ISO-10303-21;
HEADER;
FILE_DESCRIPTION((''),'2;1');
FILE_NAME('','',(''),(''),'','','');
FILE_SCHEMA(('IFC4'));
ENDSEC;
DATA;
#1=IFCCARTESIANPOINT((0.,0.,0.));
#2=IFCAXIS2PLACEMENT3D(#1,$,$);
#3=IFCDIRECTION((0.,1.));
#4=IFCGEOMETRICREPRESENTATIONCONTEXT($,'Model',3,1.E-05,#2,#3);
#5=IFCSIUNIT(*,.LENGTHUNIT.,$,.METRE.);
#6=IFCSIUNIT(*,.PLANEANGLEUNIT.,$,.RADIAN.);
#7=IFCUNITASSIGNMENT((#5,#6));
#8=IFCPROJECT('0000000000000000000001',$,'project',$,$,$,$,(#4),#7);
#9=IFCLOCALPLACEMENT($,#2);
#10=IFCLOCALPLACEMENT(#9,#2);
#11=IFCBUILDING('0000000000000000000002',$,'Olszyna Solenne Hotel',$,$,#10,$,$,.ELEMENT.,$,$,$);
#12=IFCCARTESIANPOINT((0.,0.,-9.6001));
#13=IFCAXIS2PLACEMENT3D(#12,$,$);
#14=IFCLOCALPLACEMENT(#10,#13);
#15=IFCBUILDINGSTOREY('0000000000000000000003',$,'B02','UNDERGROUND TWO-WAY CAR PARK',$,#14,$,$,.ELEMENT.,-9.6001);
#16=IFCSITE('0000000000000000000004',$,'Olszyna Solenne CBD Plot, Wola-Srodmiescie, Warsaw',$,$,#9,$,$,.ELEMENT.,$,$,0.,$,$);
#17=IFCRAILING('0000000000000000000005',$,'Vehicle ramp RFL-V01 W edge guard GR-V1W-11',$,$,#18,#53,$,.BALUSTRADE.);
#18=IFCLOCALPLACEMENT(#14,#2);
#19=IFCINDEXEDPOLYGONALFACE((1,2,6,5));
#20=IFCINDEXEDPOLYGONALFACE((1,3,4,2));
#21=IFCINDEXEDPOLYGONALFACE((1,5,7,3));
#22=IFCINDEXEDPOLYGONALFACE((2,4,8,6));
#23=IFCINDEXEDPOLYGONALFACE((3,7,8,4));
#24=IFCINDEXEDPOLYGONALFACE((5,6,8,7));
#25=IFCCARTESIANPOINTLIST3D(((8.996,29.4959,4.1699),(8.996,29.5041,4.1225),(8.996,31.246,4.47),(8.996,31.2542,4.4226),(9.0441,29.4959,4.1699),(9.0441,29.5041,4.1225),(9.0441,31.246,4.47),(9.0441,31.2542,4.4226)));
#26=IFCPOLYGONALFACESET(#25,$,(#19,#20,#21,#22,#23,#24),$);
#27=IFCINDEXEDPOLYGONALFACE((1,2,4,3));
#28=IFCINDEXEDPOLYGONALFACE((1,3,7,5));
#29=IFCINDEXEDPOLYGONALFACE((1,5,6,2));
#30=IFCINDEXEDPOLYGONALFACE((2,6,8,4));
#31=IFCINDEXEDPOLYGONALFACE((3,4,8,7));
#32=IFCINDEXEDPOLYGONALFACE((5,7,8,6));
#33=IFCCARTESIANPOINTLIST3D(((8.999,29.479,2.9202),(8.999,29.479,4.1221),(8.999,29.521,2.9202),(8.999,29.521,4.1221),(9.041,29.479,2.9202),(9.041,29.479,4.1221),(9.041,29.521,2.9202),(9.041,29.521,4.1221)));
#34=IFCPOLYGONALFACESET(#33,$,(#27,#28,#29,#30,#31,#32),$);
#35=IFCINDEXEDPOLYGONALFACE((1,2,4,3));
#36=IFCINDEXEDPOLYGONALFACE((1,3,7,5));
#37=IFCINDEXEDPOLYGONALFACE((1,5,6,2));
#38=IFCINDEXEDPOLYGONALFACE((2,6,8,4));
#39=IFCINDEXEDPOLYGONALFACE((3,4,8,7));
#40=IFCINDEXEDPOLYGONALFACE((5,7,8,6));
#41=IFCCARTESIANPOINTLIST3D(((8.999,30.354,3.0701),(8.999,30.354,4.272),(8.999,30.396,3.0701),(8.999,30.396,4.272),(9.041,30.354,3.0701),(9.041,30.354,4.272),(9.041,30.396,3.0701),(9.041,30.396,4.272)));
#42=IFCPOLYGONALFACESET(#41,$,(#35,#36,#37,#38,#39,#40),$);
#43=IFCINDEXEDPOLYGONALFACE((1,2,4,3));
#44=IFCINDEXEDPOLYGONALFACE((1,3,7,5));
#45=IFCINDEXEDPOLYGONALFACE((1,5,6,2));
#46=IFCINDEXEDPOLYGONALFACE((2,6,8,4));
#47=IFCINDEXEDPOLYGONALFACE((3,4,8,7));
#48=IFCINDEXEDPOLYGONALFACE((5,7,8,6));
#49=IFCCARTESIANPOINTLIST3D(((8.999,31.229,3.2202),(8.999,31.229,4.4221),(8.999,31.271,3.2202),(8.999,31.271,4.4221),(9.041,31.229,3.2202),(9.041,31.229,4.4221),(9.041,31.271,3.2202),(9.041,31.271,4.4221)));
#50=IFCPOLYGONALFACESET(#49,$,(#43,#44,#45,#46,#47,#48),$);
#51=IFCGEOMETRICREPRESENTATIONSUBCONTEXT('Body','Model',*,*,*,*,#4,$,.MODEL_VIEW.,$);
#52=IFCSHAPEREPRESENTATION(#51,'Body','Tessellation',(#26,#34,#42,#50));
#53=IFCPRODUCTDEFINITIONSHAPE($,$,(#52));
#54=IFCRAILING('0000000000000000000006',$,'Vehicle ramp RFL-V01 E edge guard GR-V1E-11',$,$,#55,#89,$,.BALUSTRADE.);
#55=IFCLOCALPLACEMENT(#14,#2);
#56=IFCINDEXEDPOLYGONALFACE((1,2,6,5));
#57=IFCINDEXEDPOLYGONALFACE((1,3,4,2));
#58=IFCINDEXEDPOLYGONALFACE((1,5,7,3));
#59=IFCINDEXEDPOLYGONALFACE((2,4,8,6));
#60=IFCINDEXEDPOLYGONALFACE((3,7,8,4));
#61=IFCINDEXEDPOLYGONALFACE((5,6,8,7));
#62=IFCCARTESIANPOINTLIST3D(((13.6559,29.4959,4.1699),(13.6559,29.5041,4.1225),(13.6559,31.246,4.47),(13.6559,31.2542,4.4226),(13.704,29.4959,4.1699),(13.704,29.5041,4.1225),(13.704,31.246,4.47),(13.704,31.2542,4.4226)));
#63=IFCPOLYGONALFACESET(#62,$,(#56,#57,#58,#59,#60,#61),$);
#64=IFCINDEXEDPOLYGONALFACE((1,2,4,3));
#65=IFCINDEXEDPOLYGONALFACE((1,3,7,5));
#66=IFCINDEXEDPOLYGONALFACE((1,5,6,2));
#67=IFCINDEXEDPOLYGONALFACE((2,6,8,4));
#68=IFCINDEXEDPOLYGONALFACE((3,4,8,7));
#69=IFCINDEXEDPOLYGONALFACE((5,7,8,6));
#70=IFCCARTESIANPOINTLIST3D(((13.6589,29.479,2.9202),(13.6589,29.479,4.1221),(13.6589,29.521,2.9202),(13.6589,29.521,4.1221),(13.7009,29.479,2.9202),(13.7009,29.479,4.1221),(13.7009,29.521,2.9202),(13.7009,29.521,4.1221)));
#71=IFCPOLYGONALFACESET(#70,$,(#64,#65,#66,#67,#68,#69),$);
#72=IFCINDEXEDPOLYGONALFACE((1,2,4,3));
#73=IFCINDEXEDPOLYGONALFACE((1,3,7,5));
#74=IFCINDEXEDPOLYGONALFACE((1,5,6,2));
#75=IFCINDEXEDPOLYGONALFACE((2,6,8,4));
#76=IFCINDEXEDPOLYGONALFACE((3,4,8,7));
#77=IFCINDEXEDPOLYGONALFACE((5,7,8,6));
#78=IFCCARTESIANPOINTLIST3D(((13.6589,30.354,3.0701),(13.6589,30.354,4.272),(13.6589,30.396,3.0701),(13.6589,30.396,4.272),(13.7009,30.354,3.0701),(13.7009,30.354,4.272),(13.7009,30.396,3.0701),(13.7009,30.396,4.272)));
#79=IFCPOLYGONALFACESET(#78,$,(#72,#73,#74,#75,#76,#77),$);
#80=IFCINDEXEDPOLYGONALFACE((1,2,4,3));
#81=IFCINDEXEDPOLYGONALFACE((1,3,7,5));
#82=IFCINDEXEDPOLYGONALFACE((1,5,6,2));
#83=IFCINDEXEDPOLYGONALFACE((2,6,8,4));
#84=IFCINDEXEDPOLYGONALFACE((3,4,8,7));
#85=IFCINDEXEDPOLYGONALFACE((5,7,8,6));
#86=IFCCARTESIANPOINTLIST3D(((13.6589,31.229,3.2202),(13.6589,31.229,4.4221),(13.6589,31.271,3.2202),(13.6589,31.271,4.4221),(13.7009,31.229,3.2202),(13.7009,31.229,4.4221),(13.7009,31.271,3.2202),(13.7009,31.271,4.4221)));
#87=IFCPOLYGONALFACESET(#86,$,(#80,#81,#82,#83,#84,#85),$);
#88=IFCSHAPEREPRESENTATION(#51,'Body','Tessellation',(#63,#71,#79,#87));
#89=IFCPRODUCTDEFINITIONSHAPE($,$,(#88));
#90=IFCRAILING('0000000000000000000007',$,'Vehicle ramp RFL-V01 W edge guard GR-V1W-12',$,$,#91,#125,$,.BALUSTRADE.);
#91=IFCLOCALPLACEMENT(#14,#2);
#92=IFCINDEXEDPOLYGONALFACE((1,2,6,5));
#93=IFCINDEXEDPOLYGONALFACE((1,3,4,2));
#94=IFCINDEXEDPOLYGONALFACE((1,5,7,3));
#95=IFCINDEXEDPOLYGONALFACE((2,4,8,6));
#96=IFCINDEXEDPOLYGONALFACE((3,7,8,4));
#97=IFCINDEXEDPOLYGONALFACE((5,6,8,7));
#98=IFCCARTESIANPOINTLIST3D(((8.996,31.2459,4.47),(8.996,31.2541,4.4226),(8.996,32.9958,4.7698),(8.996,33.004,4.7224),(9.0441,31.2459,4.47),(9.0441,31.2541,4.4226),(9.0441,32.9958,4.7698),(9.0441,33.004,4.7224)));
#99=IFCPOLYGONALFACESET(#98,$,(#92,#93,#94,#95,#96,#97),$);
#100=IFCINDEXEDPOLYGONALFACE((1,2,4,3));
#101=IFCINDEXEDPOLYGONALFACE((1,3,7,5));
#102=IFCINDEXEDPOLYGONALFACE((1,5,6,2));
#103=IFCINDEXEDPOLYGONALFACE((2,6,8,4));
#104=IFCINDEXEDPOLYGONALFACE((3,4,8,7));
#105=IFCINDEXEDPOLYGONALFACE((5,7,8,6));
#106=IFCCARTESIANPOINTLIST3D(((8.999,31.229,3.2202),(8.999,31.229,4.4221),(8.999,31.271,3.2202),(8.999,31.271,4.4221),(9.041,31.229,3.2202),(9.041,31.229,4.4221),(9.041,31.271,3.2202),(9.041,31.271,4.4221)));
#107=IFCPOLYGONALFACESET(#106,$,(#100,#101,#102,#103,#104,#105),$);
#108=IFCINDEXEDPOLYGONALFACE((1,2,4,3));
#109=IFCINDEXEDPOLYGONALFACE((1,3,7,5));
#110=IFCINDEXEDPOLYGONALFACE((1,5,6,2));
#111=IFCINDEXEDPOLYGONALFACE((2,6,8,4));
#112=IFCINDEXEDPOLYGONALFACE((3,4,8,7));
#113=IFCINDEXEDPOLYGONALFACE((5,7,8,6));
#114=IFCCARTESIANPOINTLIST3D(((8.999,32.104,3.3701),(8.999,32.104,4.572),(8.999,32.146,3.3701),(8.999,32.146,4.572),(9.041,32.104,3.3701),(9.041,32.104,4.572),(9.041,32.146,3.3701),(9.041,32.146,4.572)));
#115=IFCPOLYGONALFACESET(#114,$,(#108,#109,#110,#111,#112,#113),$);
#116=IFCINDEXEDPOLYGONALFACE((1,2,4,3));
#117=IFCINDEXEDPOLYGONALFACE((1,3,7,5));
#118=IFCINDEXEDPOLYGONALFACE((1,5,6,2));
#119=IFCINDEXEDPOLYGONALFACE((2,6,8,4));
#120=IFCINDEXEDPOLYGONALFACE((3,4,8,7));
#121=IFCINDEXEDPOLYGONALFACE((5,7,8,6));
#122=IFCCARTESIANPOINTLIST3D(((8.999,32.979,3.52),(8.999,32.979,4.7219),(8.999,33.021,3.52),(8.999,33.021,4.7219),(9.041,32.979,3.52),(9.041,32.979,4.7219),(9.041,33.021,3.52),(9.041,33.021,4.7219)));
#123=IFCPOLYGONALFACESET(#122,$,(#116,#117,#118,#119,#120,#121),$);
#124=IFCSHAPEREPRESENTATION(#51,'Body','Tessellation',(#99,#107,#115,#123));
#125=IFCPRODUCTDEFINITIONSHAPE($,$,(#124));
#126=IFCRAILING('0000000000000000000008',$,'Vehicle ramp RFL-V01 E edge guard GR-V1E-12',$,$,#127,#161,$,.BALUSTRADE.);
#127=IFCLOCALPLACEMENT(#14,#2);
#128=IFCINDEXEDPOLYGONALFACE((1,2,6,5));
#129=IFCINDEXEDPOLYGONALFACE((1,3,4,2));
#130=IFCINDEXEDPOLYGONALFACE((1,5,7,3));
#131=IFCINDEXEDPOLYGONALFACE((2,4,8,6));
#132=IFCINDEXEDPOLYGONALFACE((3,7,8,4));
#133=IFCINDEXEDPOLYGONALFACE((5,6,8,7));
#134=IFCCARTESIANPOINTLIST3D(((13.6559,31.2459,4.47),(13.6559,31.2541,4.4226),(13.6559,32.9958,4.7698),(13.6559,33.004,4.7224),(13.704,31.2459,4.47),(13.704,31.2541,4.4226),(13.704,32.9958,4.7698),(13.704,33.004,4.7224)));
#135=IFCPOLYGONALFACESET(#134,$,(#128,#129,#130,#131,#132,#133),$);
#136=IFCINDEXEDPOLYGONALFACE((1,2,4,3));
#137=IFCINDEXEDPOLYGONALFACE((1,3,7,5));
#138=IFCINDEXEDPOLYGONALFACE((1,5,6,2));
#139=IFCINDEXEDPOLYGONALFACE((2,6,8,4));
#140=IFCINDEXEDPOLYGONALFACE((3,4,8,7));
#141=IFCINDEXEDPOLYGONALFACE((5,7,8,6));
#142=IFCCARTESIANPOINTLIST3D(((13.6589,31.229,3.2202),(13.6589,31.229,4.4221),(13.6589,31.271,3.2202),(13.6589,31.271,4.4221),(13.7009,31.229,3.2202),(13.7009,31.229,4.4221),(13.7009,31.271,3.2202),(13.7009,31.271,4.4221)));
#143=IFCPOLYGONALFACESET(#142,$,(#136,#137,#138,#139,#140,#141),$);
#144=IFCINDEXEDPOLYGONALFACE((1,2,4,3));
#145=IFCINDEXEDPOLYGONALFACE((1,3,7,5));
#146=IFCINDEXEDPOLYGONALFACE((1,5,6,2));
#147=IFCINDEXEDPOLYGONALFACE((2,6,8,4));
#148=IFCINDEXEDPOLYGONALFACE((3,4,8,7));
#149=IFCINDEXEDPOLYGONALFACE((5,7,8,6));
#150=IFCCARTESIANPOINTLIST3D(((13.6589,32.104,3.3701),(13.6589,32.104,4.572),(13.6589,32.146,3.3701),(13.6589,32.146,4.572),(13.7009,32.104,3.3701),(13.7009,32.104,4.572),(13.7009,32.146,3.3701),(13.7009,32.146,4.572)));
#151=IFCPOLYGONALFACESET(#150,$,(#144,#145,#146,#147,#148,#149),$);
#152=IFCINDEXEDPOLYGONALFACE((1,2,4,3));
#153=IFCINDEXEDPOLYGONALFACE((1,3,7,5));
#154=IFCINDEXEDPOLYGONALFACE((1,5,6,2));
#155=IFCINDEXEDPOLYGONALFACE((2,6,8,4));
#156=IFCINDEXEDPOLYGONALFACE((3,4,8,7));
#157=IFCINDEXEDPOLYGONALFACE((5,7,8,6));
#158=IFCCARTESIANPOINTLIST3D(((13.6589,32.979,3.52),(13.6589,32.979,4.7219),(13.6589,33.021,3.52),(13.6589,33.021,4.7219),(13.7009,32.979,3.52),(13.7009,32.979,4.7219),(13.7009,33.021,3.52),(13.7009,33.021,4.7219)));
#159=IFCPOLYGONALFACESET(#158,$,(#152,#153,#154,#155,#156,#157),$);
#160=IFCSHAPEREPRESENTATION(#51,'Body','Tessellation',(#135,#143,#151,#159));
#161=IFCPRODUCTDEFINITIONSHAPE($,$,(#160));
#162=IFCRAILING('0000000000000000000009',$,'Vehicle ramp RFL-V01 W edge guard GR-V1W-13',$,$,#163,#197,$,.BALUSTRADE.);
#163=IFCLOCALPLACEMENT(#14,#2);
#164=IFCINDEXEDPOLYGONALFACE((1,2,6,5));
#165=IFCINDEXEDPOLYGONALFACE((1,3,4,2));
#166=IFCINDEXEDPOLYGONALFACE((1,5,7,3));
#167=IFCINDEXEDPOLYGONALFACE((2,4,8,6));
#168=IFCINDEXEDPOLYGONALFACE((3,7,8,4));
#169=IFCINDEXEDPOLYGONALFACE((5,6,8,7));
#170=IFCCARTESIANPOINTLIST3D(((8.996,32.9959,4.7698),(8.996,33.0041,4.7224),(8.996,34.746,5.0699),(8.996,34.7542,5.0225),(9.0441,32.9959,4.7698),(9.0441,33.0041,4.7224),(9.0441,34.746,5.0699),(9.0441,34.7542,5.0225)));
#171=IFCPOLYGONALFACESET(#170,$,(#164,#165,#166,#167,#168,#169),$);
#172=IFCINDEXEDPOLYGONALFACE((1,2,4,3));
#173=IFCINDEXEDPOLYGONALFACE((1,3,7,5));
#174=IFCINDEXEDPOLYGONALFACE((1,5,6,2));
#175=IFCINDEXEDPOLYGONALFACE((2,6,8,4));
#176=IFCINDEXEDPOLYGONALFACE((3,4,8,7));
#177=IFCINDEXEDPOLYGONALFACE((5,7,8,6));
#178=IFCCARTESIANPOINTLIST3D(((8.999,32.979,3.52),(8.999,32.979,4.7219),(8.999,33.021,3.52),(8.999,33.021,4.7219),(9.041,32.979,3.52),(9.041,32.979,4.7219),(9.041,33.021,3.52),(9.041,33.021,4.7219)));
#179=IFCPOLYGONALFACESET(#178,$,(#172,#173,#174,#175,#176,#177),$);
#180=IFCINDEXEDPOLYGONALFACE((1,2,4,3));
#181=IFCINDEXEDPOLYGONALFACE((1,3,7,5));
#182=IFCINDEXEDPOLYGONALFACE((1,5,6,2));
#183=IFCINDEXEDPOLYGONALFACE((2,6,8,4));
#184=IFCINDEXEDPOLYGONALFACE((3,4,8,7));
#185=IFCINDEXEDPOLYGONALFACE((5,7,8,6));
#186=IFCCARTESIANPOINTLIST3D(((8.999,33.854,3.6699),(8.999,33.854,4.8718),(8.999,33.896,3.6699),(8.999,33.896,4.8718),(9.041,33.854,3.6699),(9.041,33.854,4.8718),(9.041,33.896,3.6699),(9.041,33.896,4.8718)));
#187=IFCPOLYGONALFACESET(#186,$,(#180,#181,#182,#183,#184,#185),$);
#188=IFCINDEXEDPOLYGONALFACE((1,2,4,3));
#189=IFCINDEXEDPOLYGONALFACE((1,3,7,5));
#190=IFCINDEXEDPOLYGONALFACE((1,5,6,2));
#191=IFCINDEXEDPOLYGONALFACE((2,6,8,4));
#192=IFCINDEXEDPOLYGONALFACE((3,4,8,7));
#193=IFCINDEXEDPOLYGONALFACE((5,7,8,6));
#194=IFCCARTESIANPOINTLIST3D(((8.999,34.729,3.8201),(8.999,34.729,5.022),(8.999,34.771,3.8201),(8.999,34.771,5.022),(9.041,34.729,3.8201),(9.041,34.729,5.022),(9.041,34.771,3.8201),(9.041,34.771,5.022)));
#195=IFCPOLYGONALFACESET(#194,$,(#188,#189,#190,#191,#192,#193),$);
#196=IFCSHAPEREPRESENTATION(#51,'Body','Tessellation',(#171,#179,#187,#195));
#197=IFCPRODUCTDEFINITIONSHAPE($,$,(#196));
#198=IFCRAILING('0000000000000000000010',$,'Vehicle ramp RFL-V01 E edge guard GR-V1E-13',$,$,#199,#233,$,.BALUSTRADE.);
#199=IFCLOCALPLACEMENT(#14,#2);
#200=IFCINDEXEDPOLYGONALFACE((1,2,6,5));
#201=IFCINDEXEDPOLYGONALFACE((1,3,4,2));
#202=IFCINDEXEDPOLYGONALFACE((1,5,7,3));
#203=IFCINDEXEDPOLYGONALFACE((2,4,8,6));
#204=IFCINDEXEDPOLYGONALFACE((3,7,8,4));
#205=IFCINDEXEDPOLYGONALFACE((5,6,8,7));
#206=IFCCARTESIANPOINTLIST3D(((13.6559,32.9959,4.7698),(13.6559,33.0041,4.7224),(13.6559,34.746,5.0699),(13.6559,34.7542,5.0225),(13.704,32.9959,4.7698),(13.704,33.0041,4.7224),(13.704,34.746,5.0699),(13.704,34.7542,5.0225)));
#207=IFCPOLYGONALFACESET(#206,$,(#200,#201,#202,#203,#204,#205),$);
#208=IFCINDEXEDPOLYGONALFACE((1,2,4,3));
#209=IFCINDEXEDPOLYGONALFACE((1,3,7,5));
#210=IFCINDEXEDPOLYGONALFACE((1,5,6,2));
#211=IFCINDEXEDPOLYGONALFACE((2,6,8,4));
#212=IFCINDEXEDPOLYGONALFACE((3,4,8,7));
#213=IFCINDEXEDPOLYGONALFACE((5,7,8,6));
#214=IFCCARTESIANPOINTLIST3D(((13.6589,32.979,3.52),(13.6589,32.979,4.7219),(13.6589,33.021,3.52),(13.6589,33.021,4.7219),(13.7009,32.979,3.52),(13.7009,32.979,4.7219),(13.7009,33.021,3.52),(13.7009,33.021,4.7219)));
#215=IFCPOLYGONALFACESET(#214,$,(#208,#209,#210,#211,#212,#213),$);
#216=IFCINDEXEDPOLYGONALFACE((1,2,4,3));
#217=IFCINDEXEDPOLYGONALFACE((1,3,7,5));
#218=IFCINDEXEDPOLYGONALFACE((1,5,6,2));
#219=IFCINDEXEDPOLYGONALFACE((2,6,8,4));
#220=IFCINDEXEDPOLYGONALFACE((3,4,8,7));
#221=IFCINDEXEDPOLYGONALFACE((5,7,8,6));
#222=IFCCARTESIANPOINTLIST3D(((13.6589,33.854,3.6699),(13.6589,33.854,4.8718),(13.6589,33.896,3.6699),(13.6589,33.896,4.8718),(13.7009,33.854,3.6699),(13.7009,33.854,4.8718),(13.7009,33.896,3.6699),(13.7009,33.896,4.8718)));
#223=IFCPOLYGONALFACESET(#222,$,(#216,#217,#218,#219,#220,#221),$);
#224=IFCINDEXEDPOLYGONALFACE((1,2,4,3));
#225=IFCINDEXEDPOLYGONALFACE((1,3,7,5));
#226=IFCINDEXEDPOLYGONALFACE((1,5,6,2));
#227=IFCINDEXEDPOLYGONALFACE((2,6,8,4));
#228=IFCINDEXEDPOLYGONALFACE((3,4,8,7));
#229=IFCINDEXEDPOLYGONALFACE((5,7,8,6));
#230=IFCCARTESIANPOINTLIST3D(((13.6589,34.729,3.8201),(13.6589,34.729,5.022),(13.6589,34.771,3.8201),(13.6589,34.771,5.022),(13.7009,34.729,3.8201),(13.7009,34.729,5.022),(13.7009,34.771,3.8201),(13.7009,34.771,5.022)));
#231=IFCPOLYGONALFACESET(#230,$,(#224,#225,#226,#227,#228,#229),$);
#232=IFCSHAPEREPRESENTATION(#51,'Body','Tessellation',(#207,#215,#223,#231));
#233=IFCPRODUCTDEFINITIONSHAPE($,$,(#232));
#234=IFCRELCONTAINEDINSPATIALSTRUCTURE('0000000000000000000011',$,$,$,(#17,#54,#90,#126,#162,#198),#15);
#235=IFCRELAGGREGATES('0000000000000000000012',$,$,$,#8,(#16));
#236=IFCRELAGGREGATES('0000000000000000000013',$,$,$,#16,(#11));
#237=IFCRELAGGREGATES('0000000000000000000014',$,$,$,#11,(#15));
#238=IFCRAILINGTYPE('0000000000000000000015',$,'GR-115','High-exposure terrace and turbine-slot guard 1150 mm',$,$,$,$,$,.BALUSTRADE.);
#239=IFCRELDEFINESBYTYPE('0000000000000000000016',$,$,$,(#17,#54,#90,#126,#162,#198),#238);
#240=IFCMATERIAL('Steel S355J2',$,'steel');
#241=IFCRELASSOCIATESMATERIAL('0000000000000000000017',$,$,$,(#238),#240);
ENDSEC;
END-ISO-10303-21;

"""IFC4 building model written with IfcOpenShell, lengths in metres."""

from ifc_helpers import new_model, si_unit, direction, frame, origin, origin_2d, place, context, subcontext, project, spatial, rectangle, extrude, material, type_object, element, save


model = new_model("IFC4")

# Units and contexts
model_context = context("Model", 3, precision=1e-05, world=origin(), true_north=direction((0.0, 1.0)))
body_context = subcontext(model_context, "Body", "Model", "MODEL_VIEW")
ifc_project = project(units=[si_unit("LENGTHUNIT", "METRE"), si_unit("PLANEANGLEUNIT", "RADIAN")], contexts=[model_context])

# Site, building, storey
site_placement = place(None, origin())
site = spatial("IfcSite", under=ifc_project, at=site_placement, Name="Olszyna Solenne CBD Plot, Wola-Srodmiescie, Warsaw", CompositionType="ELEMENT", RefElevation=0.0)
building_placement = place(site_placement, origin())
building = spatial("IfcBuilding", under=site, at=building_placement, Name="Olszyna Solenne Hotel", CompositionType="ELEMENT")
storey_placement = place(building_placement, frame((0.0, 0.0, -9.6001)))
storey = spatial("IfcBuildingStorey", under=building, at=storey_placement, Name="B02", Description="UNDERGROUND TWO-WAY CAR PARK", CompositionType="ELEMENT", Elevation=-9.6001)

# Shared definitions
ifc_material_1 = material(Name="Steel S355J2", Category="steel")

# Railings
railing_type = type_object("IfcRailingType", Name="GR-115", Description="High-exposure terrace and turbine-slot guard 1150 mm", PredefinedType="BALUSTRADE", material=ifc_material_1)
for number, where, name in (
    (1, (9.02, 29.5, 2.9202), "Vehicle ramp RFL-V01 W edge guard GR-V1W-11"),
    (2, (13.6799, 29.5, 2.9202), "Vehicle ramp RFL-V01 E edge guard GR-V1E-11"),
):
    element("IfcRailing", number, at=place(storey_placement, frame(where)), inside=storey, type_object=railing_type, Name=name, PredefinedType="BALUSTRADE", context=body_context, shape_type="SweptSolid", body=[
        extrude(rectangle(XDim=0.0481, YDim=0.0481, at=origin_2d()), frame((0.0, 0.0, 1.2261), z_axis=(0.0, 0.985618, 0.168991), x_axis=(-1.0, 0.0, 0.0)), (0.0, 0.0, 1.0), 1.7756),
        extrude(rectangle(XDim=0.042, YDim=0.042, at=origin_2d()), origin(), (0.0, 0.0, 1.0), 1.2019),
        extrude(rectangle(XDim=0.042, YDim=0.042, at=origin_2d()), frame((0.0, 0.875, 0.1499)), (0.0, 0.0, 1.0), 1.2019),
        extrude(rectangle(XDim=0.042, YDim=0.042, at=origin_2d()), frame((0.0, 1.75, 0.3)), (0.0, 0.0, 1.0), 1.2019),
    ])
for number, where, name in (
    (3, (9.02, 31.25, 3.2202), "Vehicle ramp RFL-V01 W edge guard GR-V1W-12"),
    (4, (13.6799, 31.25, 3.2202), "Vehicle ramp RFL-V01 E edge guard GR-V1E-12"),
):
    element("IfcRailing", number, at=place(storey_placement, frame(where)), inside=storey, type_object=railing_type, Name=name, PredefinedType="BALUSTRADE", context=body_context, shape_type="SweptSolid", body=[
        extrude(rectangle(XDim=0.0481, YDim=0.0481, at=origin_2d()), frame((0.0, 0.0, 1.2261), z_axis=(0.0, 0.985641, 0.168857), x_axis=(-1.0, 0.0, 0.0)), (0.0, 0.0, 1.0), 1.7754),
        extrude(rectangle(XDim=0.042, YDim=0.042, at=origin_2d()), origin(), (0.0, 0.0, 1.0), 1.2019),
        extrude(rectangle(XDim=0.042, YDim=0.042, at=origin_2d()), frame((0.0, 0.875, 0.1499)), (0.0, 0.0, 1.0), 1.2019),
        extrude(rectangle(XDim=0.042, YDim=0.042, at=origin_2d()), frame((0.0, 1.75, 0.2998)), (0.0, 0.0, 1.0), 1.2019),
    ])
for number, where, name in (
    (5, (9.02, 33.0, 3.52), "Vehicle ramp RFL-V01 W edge guard GR-V1W-13"),
    (6, (13.6799, 33.0, 3.52), "Vehicle ramp RFL-V01 E edge guard GR-V1E-13"),
):
    element("IfcRailing", number, at=place(storey_placement, frame(where)), inside=storey, type_object=railing_type, Name=name, PredefinedType="BALUSTRADE", context=body_context, shape_type="SweptSolid", body=[
        extrude(rectangle(XDim=0.0481, YDim=0.0481, at=origin_2d()), frame((0.0, 0.0, 1.2261), z_axis=(0.0, 0.985618, 0.168991), x_axis=(-1.0, 0.0, 0.0)), (0.0, 0.0, 1.0), 1.7756),
        extrude(rectangle(XDim=0.042, YDim=0.042, at=origin_2d()), origin(), (0.0, 0.0, 1.0), 1.2019),
        extrude(rectangle(XDim=0.042, YDim=0.042, at=origin_2d()), frame((0.0, 0.875, 0.1499)), (0.0, 0.0, 1.0), 1.2019),
        extrude(rectangle(XDim=0.042, YDim=0.042, at=origin_2d()), frame((0.0, 1.75, 0.3)), (0.0, 0.0, 1.0), 1.2019),
    ])

save(model, "model.ifc")
